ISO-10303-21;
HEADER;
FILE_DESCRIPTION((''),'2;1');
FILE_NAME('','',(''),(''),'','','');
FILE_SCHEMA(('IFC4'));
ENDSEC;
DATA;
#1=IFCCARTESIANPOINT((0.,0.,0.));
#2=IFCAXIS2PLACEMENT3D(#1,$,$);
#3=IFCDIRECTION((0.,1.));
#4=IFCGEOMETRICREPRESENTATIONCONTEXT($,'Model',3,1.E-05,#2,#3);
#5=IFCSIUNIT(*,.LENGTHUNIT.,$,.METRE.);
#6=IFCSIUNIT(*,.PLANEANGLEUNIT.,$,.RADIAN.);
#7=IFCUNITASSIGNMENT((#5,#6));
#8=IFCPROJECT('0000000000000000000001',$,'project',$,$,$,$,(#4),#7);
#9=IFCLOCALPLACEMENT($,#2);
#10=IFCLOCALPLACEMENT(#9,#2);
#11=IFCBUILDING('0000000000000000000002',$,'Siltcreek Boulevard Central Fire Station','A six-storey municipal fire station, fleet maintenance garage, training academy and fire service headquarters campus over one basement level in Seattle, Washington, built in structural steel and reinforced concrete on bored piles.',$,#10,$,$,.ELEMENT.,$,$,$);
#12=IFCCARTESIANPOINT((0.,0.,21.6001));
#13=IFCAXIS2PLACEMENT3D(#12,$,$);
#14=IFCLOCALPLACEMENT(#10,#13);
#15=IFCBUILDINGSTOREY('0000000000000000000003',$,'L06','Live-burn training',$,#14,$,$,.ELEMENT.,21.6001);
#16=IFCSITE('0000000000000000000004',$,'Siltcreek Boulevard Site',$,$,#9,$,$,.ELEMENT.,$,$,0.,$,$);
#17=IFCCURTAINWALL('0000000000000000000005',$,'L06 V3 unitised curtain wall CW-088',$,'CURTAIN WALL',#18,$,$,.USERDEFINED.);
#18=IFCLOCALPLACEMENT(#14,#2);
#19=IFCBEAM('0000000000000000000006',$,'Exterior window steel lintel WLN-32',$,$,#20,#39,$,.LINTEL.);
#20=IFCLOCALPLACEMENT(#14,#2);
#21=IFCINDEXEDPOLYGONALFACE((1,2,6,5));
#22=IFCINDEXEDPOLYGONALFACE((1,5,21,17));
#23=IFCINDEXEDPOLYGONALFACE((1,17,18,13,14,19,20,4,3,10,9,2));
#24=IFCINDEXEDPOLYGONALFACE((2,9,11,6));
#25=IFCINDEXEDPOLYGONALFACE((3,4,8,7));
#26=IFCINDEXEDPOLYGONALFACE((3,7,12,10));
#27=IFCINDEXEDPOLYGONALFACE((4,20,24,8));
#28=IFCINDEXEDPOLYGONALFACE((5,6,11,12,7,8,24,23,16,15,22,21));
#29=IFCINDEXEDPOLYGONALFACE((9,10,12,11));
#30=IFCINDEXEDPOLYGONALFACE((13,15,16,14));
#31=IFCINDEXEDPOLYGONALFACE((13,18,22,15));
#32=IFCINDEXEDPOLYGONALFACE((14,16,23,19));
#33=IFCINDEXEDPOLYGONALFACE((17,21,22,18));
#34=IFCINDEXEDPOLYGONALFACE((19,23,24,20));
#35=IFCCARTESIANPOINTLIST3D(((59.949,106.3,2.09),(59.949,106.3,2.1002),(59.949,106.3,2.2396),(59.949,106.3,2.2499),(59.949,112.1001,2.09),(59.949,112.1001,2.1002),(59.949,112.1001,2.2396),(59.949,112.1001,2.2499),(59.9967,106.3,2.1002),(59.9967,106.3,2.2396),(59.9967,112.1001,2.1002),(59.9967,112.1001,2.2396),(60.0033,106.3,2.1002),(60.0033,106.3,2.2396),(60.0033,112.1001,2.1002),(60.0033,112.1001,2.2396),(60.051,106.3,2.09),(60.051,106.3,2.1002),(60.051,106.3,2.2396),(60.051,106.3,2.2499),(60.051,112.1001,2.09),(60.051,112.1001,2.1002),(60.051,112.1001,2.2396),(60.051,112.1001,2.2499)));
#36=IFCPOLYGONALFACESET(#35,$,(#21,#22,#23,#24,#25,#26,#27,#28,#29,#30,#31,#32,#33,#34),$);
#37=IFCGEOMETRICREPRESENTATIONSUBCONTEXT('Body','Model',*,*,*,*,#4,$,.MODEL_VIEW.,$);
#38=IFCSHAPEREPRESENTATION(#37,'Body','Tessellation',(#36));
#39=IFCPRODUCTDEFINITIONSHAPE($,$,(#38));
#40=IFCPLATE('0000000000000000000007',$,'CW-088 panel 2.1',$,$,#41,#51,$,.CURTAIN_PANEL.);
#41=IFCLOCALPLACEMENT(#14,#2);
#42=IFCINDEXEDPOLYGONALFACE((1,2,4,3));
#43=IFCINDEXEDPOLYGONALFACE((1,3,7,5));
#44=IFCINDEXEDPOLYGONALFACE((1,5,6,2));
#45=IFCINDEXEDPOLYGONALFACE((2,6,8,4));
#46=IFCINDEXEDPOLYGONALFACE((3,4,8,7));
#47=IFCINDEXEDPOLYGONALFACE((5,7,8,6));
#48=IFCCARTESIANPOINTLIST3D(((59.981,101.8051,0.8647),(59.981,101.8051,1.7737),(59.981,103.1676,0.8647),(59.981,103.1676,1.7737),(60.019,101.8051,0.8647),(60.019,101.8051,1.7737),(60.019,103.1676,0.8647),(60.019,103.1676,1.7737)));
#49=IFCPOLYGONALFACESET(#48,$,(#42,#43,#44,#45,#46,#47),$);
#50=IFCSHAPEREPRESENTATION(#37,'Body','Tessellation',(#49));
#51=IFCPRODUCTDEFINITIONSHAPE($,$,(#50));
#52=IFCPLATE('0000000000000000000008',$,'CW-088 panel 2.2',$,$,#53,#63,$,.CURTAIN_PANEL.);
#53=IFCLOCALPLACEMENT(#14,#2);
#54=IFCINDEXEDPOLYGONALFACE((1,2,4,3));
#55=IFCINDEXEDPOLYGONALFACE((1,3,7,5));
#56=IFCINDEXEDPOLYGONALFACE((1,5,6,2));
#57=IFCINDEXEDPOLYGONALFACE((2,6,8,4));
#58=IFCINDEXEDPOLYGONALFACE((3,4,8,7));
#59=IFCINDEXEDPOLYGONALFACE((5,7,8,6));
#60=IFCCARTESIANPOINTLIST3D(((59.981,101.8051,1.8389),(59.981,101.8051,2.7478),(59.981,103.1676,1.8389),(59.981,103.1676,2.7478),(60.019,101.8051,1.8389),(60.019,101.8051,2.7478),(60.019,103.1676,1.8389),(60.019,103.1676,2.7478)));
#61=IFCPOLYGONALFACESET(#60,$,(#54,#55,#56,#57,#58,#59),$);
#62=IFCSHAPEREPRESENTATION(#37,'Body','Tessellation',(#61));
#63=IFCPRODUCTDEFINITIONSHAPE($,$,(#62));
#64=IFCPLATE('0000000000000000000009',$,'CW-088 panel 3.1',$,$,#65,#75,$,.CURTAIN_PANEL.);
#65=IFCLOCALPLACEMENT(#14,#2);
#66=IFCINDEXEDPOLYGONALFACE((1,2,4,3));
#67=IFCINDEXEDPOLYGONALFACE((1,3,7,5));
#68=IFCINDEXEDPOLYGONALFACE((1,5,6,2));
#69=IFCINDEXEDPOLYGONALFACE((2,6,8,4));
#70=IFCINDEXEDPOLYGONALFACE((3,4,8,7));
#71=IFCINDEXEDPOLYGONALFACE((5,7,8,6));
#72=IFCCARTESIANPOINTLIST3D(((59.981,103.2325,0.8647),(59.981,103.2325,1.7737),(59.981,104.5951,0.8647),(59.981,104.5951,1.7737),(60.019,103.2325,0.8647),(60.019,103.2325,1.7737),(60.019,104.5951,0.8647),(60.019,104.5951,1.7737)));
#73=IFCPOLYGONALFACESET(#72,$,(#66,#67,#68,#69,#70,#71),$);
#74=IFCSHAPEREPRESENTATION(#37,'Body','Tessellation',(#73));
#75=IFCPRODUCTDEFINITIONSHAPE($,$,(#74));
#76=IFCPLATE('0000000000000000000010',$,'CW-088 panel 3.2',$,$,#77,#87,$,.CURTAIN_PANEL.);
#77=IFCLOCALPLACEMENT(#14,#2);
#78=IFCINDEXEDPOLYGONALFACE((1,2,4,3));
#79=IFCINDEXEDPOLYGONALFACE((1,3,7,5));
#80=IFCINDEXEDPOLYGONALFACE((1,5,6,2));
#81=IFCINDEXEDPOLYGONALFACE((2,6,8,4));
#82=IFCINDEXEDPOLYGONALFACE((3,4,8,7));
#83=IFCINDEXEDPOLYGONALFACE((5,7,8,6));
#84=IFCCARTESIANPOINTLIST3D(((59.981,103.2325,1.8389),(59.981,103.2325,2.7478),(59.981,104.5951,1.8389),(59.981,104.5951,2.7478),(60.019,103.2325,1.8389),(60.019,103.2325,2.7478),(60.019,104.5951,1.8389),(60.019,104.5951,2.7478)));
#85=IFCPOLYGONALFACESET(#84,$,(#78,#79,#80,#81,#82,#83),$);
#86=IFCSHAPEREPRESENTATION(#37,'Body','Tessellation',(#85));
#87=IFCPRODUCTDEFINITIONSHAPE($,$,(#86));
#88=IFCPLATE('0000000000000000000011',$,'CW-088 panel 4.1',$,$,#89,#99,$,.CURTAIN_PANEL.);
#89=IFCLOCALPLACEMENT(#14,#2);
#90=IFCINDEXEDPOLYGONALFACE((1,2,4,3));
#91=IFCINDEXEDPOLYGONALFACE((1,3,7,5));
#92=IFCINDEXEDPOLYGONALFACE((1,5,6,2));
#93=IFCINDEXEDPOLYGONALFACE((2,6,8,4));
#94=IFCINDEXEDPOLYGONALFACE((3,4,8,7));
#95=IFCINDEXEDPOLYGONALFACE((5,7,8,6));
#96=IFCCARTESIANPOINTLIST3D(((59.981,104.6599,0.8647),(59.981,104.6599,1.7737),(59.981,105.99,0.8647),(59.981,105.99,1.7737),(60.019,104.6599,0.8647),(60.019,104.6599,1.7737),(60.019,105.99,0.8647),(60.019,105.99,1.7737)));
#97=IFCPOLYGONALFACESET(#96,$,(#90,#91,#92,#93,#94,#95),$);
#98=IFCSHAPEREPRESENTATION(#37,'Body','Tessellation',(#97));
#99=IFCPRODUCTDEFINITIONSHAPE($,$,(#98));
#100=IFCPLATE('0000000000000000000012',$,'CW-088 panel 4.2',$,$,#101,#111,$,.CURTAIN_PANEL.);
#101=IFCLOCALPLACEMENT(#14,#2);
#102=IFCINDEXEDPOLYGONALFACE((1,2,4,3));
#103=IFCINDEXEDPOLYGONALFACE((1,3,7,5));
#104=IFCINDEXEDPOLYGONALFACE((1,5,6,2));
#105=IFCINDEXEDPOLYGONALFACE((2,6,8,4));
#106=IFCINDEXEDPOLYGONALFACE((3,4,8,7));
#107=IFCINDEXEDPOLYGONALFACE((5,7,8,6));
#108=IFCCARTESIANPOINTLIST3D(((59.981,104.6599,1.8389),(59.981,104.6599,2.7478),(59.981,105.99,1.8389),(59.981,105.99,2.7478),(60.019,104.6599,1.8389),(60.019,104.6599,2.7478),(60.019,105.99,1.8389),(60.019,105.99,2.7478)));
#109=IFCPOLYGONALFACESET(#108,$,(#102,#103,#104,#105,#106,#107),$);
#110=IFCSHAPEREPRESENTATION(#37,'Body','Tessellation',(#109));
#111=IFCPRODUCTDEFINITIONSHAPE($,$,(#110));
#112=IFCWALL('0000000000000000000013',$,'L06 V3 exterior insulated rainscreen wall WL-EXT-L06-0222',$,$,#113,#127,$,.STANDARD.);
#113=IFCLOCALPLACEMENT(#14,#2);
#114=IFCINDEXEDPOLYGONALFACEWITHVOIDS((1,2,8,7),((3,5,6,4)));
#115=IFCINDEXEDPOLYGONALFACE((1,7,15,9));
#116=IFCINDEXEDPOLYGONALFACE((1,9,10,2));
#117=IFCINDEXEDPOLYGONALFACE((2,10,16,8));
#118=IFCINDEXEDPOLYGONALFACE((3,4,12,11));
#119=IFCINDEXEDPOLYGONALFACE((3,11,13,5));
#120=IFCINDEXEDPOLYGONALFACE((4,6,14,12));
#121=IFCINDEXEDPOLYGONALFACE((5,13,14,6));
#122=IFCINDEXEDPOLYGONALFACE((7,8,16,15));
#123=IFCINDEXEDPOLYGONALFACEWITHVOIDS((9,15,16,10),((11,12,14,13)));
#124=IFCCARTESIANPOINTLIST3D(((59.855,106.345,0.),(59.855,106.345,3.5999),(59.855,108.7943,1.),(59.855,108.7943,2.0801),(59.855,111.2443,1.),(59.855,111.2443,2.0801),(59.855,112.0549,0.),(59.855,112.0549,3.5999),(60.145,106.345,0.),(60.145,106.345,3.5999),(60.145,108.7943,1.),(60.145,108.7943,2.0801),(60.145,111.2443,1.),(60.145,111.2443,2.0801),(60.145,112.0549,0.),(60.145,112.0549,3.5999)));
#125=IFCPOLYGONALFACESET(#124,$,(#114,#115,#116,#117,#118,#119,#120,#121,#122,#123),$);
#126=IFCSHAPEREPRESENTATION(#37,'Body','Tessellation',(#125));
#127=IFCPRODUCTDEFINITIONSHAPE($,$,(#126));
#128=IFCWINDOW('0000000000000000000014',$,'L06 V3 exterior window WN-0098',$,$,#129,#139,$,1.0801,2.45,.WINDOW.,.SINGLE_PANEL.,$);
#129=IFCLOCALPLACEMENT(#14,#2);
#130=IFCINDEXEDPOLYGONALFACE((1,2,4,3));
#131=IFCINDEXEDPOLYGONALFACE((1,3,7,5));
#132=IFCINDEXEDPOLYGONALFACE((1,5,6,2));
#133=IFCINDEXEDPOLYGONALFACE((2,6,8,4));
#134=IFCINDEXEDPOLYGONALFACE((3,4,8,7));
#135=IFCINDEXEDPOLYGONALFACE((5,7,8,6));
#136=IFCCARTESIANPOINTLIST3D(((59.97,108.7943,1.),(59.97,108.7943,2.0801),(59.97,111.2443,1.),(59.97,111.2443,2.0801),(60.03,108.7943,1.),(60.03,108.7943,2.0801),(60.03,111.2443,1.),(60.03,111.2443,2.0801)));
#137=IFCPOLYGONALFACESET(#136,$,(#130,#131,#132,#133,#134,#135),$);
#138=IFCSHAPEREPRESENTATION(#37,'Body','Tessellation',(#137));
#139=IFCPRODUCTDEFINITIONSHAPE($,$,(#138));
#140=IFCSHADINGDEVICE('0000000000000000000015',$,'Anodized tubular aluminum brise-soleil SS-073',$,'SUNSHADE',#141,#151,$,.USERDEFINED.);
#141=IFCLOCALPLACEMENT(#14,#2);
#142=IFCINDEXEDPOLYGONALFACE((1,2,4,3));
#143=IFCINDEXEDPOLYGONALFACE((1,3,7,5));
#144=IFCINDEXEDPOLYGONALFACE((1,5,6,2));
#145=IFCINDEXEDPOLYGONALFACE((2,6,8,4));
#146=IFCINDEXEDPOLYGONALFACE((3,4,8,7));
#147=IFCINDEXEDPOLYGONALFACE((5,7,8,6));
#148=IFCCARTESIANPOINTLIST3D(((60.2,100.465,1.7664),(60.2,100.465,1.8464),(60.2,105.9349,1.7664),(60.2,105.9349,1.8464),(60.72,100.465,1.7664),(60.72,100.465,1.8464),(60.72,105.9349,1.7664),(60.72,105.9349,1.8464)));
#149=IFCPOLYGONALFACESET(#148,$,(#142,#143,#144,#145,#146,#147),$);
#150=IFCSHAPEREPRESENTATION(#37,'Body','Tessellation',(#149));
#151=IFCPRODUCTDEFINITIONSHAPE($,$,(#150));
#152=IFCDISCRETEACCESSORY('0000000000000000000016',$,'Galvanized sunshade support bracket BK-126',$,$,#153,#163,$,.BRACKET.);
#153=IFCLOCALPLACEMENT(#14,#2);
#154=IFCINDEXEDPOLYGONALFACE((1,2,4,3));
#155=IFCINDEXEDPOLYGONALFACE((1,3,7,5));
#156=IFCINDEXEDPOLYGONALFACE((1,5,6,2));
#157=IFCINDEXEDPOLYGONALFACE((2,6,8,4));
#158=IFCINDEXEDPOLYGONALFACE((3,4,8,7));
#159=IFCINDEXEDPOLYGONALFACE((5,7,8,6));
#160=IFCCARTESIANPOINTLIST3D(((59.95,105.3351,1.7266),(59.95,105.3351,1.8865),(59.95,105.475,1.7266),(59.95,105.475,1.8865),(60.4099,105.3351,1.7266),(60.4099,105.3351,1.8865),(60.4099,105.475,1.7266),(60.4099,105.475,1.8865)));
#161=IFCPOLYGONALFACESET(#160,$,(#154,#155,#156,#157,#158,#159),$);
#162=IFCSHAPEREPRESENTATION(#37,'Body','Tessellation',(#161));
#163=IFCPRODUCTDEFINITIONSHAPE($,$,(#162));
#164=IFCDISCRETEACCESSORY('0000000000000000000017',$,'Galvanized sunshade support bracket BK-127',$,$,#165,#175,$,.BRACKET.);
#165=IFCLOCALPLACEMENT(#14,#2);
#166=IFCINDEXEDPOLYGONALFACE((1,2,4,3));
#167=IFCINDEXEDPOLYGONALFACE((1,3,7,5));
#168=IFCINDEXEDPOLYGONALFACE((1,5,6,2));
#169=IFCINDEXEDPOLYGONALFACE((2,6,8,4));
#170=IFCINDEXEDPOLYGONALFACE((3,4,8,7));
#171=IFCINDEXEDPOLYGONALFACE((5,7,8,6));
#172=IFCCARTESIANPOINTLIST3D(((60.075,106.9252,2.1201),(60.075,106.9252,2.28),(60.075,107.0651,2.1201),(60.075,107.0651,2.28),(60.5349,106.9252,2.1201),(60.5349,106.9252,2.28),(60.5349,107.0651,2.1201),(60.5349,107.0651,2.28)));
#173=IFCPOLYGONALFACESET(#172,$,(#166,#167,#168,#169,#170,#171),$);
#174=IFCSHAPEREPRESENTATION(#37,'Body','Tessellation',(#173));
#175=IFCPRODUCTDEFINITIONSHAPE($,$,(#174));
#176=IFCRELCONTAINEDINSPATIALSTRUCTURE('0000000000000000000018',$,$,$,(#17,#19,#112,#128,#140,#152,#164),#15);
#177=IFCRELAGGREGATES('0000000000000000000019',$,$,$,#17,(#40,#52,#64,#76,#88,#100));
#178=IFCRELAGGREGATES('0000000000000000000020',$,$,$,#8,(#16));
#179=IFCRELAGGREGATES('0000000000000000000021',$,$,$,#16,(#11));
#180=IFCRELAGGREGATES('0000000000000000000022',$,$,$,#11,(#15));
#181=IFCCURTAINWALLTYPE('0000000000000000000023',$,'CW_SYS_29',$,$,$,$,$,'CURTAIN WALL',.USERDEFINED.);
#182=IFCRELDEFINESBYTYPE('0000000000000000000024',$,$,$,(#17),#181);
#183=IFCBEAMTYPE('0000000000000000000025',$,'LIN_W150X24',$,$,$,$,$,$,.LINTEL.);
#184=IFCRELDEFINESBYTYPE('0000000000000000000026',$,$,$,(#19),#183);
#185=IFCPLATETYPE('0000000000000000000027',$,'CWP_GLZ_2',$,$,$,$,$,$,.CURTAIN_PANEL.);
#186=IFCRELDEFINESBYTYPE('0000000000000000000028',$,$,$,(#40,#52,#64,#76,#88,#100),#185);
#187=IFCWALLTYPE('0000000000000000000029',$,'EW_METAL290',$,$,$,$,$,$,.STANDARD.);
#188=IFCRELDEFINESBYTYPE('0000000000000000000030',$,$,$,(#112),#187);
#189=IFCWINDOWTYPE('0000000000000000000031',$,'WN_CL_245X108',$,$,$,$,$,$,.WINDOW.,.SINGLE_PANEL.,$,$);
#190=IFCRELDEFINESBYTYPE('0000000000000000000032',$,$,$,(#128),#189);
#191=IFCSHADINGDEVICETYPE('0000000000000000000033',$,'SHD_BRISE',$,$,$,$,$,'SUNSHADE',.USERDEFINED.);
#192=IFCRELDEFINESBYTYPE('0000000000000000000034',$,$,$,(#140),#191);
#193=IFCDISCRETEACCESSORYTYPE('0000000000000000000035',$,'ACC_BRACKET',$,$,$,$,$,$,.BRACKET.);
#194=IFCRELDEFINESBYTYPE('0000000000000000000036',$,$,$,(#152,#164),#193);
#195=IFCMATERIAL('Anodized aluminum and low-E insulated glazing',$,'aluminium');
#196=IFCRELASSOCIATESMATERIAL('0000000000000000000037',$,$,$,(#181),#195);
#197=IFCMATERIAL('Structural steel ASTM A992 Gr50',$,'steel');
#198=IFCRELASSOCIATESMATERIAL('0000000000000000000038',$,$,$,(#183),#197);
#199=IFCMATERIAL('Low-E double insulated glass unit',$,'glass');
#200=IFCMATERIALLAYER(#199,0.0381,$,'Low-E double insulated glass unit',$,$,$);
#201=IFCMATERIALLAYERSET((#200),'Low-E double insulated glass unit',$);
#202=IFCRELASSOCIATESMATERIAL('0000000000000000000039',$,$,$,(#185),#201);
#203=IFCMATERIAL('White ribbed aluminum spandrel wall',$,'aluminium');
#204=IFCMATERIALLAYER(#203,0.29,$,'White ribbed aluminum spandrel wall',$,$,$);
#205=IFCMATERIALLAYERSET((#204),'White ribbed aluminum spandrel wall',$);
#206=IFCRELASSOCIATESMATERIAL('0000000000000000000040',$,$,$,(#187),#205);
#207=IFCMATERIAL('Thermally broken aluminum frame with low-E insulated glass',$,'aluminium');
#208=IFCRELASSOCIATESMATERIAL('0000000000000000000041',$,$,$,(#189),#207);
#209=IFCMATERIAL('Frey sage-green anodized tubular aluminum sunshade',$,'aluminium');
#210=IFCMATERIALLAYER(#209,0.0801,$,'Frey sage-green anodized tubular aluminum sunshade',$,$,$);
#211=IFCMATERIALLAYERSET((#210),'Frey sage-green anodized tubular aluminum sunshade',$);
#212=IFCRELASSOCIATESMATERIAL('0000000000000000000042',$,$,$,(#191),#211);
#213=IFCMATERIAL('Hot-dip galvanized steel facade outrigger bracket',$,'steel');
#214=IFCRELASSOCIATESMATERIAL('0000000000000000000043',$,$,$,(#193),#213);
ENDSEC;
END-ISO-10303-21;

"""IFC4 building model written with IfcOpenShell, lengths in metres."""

from ifc_helpers import new_model, si_unit, direction, frame, frame_2d, origin, origin_2d, place, context, subcontext, project, spatial, rectangle, i_section, extrude, material, layer, layer_set, material_profile, profile_set, type_object, element, fill, aggregate, save


model = new_model("IFC4")

# Units and contexts
model_context = context("Model", 3, precision=1e-05, world=origin(), true_north=direction((0.0, 1.0)))
body_context = subcontext(model_context, "Body", "Model", "MODEL_VIEW")
ifc_project = project(units=[si_unit("LENGTHUNIT", "METRE"), si_unit("PLANEANGLEUNIT", "RADIAN")], contexts=[model_context])

# Site, building, storey
site_placement = place(None, origin())
site = spatial("IfcSite", under=ifc_project, at=site_placement, Name="Siltcreek Boulevard Site", CompositionType="ELEMENT", RefElevation=0.0)
building_placement = place(site_placement, origin())
building = spatial("IfcBuilding", under=site, at=building_placement, Name="Siltcreek Boulevard Central Fire Station", Description="A six-storey municipal fire station, fleet maintenance garage, training academy and fire service headquarters campus over one basement level in Seattle, Washington, built in structural steel and reinforced concrete on bored piles.", CompositionType="ELEMENT")
storey_placement = place(building_placement, frame((0.0, 0.0, 21.6001)))
storey = spatial("IfcBuildingStorey", under=building, at=storey_placement, Name="L06", Description="Live-burn training", CompositionType="ELEMENT", Elevation=21.6001)

# Shared definitions
ifc_material_1 = material(Name="Structural steel ASTM A992 Gr50", Category="steel")

# Curtain wall
ifc_material_2 = material(Name="Anodized aluminum and low-E insulated glazing", Category="aluminium")
curtain_wall_type = type_object("IfcCurtainWallType", Name="CW_SYS_29", ElementType="CURTAIN WALL", PredefinedType="USERDEFINED", material=ifc_material_2)
curtain_wall_placement = place(storey_placement, origin())
curtain_wall = element("IfcCurtainWall", 1, at=curtain_wall_placement, inside=storey, type_object=curtain_wall_type, Name="L06 V3 unitised curtain wall CW-088", ObjectType="CURTAIN WALL", PredefinedType="USERDEFINED")

# Beam
ifc_material_profile_1 = material_profile(ifc_material_1, i_section(OverallWidth=0.1021, OverallDepth=0.1599, WebThickness=0.0066, FlangeThickness=0.0103, at=origin_2d()), Name="W150X24")
ifc_profile_set_1 = profile_set([ifc_material_profile_1], Name="Structural steel ASTM A992 Gr50")
beam_type_1 = type_object("IfcBeamType", Name="LIN_W150X24", PredefinedType="LINTEL", material=ifc_profile_set_1)
beam_1_placement = place(storey_placement, frame((60.0, 106.3, 2.1699), z_axis=(0.0, 1.0, 0.0), x_axis=(-1.0, 0.0, 0.0)))
element("IfcBeam", 2, at=beam_1_placement, inside=storey, type_object=beam_type_1, Name="Exterior window steel lintel WLN-32", PredefinedType="LINTEL", context=body_context, shape_type="SweptSolid", body=[
    extrude(i_section(OverallWidth=0.1021, OverallDepth=0.1599, WebThickness=0.0066, FlangeThickness=0.0103, at=origin_2d()), origin(), (0.0, 0.0, 1.0), 5.8),
])

# Plates
ifc_material_3 = material(Name="Low-E double insulated glass unit", Category="glass")
ifc_layer_1 = layer(ifc_material_3, 0.0381, Name="Low-E double insulated glass unit")
ifc_layer_set_1 = layer_set([ifc_layer_1], Name="Low-E double insulated glass unit")
plate_type = type_object("IfcPlateType", Name="CWP_GLZ_2", PredefinedType="CURTAIN_PANEL", material=ifc_layer_set_1)
plate_1_placement = place(storey_placement, frame((60.0, 102.4863, 0.8647), z_axis=(0.0, 0.0, 1.0), x_axis=(0.0, 1.0, 0.0)))
plate_1 = element("IfcPlate", 3, at=plate_1_placement, type_object=plate_type, Name="CW-088 panel 2.1", PredefinedType="CURTAIN_PANEL", context=body_context, shape_type="SweptSolid", body=[
    extrude(rectangle(XDim=1.3625, YDim=0.0381, at=origin_2d()), origin(), (0.0, 0.0, 1.0), 0.9089),
])
plate_2_placement = place(storey_placement, frame((60.0, 102.4863, 1.8389), z_axis=(0.0, 0.0, 1.0), x_axis=(0.0, 1.0, 0.0)))
plate_2 = element("IfcPlate", 4, at=plate_2_placement, type_object=plate_type, Name="CW-088 panel 2.2", PredefinedType="CURTAIN_PANEL", context=body_context, shape_type="SweptSolid", body=[
    extrude(rectangle(XDim=1.3625, YDim=0.0381, at=origin_2d()), origin(), (0.0, 0.0, 1.0), 0.9089),
])
plate_3_placement = place(storey_placement, frame((60.0, 103.9138, 0.8647), z_axis=(0.0, 0.0, 1.0), x_axis=(0.0, 1.0, 0.0)))
plate_3 = element("IfcPlate", 5, at=plate_3_placement, type_object=plate_type, Name="CW-088 panel 3.1", PredefinedType="CURTAIN_PANEL", context=body_context, shape_type="SweptSolid", body=[
    extrude(rectangle(XDim=1.3625, YDim=0.0381, at=origin_2d()), origin(), (0.0, 0.0, 1.0), 0.9089),
])
plate_4_placement = place(storey_placement, frame((60.0, 103.9138, 1.8389), z_axis=(0.0, 0.0, 1.0), x_axis=(0.0, 1.0, 0.0)))
plate_4 = element("IfcPlate", 6, at=plate_4_placement, type_object=plate_type, Name="CW-088 panel 3.2", PredefinedType="CURTAIN_PANEL", context=body_context, shape_type="SweptSolid", body=[
    extrude(rectangle(XDim=1.3625, YDim=0.0381, at=origin_2d()), origin(), (0.0, 0.0, 1.0), 0.9089),
])
plate_5_placement = place(storey_placement, frame((60.0, 105.325, 0.8647), z_axis=(0.0, 0.0, 1.0), x_axis=(0.0, 1.0, 0.0)))
plate_5 = element("IfcPlate", 7, at=plate_5_placement, type_object=plate_type, Name="CW-088 panel 4.1", PredefinedType="CURTAIN_PANEL", context=body_context, shape_type="SweptSolid", body=[
    extrude(rectangle(XDim=1.3301, YDim=0.0381, at=origin_2d()), origin(), (0.0, 0.0, 1.0), 0.9089),
])
plate_6_placement = place(storey_placement, frame((60.0, 105.325, 1.8389), z_axis=(0.0, 0.0, 1.0), x_axis=(0.0, 1.0, 0.0)))
plate_6 = element("IfcPlate", 8, at=plate_6_placement, type_object=plate_type, Name="CW-088 panel 4.2", PredefinedType="CURTAIN_PANEL", context=body_context, shape_type="SweptSolid", body=[
    extrude(rectangle(XDim=1.3301, YDim=0.0381, at=origin_2d()), origin(), (0.0, 0.0, 1.0), 0.9089),
])
aggregate(curtain_wall, [plate_1, plate_2, plate_3, plate_4, plate_5, plate_6])

# Wall, opening, window
ifc_material_4 = material(Name="White ribbed aluminum spandrel wall", Category="aluminium")
ifc_layer_2 = layer(ifc_material_4, 0.29, Name="White ribbed aluminum spandrel wall")
ifc_layer_set_2 = layer_set([ifc_layer_2], Name="White ribbed aluminum spandrel wall")
wall_type = type_object("IfcWallType", Name="EW_METAL290", PredefinedType="STANDARD", material=ifc_layer_set_2)
wall_placement = place(storey_placement, frame((60.0, 106.345, 0.0), z_axis=(0.0, 0.0, 1.0), x_axis=(0.0, 1.0, 0.0)))
wall = element("IfcWall", 9, at=wall_placement, inside=storey, type_object=wall_type, Name="L06 V3 exterior insulated rainscreen wall WL-EXT-L06-0222", PredefinedType="STANDARD", context=body_context, shape_type="SweptSolid", body=[
    extrude(rectangle(XDim=5.71, YDim=0.29, at=frame_2d((2.855, 0.0))), origin(), (0.0, 0.0, 1.0), 3.5999),
])
opening_placement = place(wall_placement, frame((2.4492, 0.0, 1.0)))
opening = element("IfcOpeningElement", 10, at=opening_placement, cuts=wall, PredefinedType="OPENING", context=body_context, shape_type="SweptSolid", body=[
    extrude(rectangle(XDim=2.45, YDim=1.0801, at=frame_2d((1.2251, 0.54))), frame((0.0, 0.155, 0.0), z_axis=(0.0, -1.0, 0.0), x_axis=(1.0, 0.0, 0.0)), (0.0, 0.0, 1.0), 0.3101),
])
ifc_material_5 = material(Name="Thermally broken aluminum frame with low-E insulated glass", Category="aluminium")
window_type = type_object("IfcWindowType", Name="WN_CL_245X108", PartitioningType="SINGLE_PANEL", PredefinedType="WINDOW", material=ifc_material_5)
window_placement = place(opening_placement, origin())
window = element("IfcWindow", 11, at=window_placement, inside=storey, type_object=window_type, Name="L06 V3 exterior window WN-0098", OverallHeight=1.0801, OverallWidth=2.45, PartitioningType="SINGLE_PANEL", PredefinedType="WINDOW", context=body_context, shape_type="SweptSolid", body=[
    extrude(rectangle(XDim=2.45, YDim=1.0801, at=frame_2d((1.2251, 0.54))), frame((0.0, 0.03, 0.0), z_axis=(0.0, -1.0, 0.0), x_axis=(1.0, 0.0, 0.0)), (0.0, 0.0, 1.0), 0.0601),
])
fill(opening, window)

# Shading device
ifc_material_6 = material(Name="Frey sage-green anodized tubular aluminum sunshade", Category="aluminium")
ifc_layer_3 = layer(ifc_material_6, 0.0801, Name="Frey sage-green anodized tubular aluminum sunshade")
ifc_layer_set_3 = layer_set([ifc_layer_3], Name="Frey sage-green anodized tubular aluminum sunshade")
shading_device_type = type_object("IfcShadingDeviceType", Name="SHD_BRISE", ElementType="SUNSHADE", PredefinedType="USERDEFINED", material=ifc_layer_set_3)
shading_device_placement = place(storey_placement, frame((60.46, 103.2, 1.7664), z_axis=(0.0, 0.0, 1.0), x_axis=(0.0, 1.0, 0.0)))
element("IfcShadingDevice", 12, at=shading_device_placement, inside=storey, type_object=shading_device_type, Name="Anodized tubular aluminum brise-soleil SS-073", ObjectType="SUNSHADE", PredefinedType="USERDEFINED", context=body_context, shape_type="SweptSolid", body=[
    extrude(rectangle(XDim=5.47, YDim=0.52, at=origin_2d()), origin(), (0.0, 0.0, 1.0), 0.0801),
])

# Discrete accessories
ifc_material_7 = material(Name="Hot-dip galvanized steel facade outrigger bracket", Category="steel")
discrete_accessory_type = type_object("IfcDiscreteAccessoryType", Name="ACC_BRACKET", PredefinedType="BRACKET", material=ifc_material_7)
for number, where, z_axis, x_axis, name in (
    (13, (60.1799, 105.405, 1.7266), (0.0, 0.0, 1.0), (0.0, 1.0, 0.0), "Galvanized sunshade support bracket BK-126"),
    (14, (60.3049, 106.9951, 2.1201), (0.0, 0.0, 1.0), (0.0, 1.0, 0.0), "Galvanized sunshade support bracket BK-127"),
):
    element("IfcDiscreteAccessory", number, at=place(storey_placement, frame(where, z_axis=z_axis, x_axis=x_axis)), inside=storey, type_object=discrete_accessory_type, Name=name, PredefinedType="BRACKET", context=body_context, shape_type="SweptSolid", body=[
        extrude(rectangle(XDim=0.1399, YDim=0.46, at=origin_2d()), origin(), (0.0, 0.0, 1.0), 0.1599),
    ])

save(model, "model.ifc")
